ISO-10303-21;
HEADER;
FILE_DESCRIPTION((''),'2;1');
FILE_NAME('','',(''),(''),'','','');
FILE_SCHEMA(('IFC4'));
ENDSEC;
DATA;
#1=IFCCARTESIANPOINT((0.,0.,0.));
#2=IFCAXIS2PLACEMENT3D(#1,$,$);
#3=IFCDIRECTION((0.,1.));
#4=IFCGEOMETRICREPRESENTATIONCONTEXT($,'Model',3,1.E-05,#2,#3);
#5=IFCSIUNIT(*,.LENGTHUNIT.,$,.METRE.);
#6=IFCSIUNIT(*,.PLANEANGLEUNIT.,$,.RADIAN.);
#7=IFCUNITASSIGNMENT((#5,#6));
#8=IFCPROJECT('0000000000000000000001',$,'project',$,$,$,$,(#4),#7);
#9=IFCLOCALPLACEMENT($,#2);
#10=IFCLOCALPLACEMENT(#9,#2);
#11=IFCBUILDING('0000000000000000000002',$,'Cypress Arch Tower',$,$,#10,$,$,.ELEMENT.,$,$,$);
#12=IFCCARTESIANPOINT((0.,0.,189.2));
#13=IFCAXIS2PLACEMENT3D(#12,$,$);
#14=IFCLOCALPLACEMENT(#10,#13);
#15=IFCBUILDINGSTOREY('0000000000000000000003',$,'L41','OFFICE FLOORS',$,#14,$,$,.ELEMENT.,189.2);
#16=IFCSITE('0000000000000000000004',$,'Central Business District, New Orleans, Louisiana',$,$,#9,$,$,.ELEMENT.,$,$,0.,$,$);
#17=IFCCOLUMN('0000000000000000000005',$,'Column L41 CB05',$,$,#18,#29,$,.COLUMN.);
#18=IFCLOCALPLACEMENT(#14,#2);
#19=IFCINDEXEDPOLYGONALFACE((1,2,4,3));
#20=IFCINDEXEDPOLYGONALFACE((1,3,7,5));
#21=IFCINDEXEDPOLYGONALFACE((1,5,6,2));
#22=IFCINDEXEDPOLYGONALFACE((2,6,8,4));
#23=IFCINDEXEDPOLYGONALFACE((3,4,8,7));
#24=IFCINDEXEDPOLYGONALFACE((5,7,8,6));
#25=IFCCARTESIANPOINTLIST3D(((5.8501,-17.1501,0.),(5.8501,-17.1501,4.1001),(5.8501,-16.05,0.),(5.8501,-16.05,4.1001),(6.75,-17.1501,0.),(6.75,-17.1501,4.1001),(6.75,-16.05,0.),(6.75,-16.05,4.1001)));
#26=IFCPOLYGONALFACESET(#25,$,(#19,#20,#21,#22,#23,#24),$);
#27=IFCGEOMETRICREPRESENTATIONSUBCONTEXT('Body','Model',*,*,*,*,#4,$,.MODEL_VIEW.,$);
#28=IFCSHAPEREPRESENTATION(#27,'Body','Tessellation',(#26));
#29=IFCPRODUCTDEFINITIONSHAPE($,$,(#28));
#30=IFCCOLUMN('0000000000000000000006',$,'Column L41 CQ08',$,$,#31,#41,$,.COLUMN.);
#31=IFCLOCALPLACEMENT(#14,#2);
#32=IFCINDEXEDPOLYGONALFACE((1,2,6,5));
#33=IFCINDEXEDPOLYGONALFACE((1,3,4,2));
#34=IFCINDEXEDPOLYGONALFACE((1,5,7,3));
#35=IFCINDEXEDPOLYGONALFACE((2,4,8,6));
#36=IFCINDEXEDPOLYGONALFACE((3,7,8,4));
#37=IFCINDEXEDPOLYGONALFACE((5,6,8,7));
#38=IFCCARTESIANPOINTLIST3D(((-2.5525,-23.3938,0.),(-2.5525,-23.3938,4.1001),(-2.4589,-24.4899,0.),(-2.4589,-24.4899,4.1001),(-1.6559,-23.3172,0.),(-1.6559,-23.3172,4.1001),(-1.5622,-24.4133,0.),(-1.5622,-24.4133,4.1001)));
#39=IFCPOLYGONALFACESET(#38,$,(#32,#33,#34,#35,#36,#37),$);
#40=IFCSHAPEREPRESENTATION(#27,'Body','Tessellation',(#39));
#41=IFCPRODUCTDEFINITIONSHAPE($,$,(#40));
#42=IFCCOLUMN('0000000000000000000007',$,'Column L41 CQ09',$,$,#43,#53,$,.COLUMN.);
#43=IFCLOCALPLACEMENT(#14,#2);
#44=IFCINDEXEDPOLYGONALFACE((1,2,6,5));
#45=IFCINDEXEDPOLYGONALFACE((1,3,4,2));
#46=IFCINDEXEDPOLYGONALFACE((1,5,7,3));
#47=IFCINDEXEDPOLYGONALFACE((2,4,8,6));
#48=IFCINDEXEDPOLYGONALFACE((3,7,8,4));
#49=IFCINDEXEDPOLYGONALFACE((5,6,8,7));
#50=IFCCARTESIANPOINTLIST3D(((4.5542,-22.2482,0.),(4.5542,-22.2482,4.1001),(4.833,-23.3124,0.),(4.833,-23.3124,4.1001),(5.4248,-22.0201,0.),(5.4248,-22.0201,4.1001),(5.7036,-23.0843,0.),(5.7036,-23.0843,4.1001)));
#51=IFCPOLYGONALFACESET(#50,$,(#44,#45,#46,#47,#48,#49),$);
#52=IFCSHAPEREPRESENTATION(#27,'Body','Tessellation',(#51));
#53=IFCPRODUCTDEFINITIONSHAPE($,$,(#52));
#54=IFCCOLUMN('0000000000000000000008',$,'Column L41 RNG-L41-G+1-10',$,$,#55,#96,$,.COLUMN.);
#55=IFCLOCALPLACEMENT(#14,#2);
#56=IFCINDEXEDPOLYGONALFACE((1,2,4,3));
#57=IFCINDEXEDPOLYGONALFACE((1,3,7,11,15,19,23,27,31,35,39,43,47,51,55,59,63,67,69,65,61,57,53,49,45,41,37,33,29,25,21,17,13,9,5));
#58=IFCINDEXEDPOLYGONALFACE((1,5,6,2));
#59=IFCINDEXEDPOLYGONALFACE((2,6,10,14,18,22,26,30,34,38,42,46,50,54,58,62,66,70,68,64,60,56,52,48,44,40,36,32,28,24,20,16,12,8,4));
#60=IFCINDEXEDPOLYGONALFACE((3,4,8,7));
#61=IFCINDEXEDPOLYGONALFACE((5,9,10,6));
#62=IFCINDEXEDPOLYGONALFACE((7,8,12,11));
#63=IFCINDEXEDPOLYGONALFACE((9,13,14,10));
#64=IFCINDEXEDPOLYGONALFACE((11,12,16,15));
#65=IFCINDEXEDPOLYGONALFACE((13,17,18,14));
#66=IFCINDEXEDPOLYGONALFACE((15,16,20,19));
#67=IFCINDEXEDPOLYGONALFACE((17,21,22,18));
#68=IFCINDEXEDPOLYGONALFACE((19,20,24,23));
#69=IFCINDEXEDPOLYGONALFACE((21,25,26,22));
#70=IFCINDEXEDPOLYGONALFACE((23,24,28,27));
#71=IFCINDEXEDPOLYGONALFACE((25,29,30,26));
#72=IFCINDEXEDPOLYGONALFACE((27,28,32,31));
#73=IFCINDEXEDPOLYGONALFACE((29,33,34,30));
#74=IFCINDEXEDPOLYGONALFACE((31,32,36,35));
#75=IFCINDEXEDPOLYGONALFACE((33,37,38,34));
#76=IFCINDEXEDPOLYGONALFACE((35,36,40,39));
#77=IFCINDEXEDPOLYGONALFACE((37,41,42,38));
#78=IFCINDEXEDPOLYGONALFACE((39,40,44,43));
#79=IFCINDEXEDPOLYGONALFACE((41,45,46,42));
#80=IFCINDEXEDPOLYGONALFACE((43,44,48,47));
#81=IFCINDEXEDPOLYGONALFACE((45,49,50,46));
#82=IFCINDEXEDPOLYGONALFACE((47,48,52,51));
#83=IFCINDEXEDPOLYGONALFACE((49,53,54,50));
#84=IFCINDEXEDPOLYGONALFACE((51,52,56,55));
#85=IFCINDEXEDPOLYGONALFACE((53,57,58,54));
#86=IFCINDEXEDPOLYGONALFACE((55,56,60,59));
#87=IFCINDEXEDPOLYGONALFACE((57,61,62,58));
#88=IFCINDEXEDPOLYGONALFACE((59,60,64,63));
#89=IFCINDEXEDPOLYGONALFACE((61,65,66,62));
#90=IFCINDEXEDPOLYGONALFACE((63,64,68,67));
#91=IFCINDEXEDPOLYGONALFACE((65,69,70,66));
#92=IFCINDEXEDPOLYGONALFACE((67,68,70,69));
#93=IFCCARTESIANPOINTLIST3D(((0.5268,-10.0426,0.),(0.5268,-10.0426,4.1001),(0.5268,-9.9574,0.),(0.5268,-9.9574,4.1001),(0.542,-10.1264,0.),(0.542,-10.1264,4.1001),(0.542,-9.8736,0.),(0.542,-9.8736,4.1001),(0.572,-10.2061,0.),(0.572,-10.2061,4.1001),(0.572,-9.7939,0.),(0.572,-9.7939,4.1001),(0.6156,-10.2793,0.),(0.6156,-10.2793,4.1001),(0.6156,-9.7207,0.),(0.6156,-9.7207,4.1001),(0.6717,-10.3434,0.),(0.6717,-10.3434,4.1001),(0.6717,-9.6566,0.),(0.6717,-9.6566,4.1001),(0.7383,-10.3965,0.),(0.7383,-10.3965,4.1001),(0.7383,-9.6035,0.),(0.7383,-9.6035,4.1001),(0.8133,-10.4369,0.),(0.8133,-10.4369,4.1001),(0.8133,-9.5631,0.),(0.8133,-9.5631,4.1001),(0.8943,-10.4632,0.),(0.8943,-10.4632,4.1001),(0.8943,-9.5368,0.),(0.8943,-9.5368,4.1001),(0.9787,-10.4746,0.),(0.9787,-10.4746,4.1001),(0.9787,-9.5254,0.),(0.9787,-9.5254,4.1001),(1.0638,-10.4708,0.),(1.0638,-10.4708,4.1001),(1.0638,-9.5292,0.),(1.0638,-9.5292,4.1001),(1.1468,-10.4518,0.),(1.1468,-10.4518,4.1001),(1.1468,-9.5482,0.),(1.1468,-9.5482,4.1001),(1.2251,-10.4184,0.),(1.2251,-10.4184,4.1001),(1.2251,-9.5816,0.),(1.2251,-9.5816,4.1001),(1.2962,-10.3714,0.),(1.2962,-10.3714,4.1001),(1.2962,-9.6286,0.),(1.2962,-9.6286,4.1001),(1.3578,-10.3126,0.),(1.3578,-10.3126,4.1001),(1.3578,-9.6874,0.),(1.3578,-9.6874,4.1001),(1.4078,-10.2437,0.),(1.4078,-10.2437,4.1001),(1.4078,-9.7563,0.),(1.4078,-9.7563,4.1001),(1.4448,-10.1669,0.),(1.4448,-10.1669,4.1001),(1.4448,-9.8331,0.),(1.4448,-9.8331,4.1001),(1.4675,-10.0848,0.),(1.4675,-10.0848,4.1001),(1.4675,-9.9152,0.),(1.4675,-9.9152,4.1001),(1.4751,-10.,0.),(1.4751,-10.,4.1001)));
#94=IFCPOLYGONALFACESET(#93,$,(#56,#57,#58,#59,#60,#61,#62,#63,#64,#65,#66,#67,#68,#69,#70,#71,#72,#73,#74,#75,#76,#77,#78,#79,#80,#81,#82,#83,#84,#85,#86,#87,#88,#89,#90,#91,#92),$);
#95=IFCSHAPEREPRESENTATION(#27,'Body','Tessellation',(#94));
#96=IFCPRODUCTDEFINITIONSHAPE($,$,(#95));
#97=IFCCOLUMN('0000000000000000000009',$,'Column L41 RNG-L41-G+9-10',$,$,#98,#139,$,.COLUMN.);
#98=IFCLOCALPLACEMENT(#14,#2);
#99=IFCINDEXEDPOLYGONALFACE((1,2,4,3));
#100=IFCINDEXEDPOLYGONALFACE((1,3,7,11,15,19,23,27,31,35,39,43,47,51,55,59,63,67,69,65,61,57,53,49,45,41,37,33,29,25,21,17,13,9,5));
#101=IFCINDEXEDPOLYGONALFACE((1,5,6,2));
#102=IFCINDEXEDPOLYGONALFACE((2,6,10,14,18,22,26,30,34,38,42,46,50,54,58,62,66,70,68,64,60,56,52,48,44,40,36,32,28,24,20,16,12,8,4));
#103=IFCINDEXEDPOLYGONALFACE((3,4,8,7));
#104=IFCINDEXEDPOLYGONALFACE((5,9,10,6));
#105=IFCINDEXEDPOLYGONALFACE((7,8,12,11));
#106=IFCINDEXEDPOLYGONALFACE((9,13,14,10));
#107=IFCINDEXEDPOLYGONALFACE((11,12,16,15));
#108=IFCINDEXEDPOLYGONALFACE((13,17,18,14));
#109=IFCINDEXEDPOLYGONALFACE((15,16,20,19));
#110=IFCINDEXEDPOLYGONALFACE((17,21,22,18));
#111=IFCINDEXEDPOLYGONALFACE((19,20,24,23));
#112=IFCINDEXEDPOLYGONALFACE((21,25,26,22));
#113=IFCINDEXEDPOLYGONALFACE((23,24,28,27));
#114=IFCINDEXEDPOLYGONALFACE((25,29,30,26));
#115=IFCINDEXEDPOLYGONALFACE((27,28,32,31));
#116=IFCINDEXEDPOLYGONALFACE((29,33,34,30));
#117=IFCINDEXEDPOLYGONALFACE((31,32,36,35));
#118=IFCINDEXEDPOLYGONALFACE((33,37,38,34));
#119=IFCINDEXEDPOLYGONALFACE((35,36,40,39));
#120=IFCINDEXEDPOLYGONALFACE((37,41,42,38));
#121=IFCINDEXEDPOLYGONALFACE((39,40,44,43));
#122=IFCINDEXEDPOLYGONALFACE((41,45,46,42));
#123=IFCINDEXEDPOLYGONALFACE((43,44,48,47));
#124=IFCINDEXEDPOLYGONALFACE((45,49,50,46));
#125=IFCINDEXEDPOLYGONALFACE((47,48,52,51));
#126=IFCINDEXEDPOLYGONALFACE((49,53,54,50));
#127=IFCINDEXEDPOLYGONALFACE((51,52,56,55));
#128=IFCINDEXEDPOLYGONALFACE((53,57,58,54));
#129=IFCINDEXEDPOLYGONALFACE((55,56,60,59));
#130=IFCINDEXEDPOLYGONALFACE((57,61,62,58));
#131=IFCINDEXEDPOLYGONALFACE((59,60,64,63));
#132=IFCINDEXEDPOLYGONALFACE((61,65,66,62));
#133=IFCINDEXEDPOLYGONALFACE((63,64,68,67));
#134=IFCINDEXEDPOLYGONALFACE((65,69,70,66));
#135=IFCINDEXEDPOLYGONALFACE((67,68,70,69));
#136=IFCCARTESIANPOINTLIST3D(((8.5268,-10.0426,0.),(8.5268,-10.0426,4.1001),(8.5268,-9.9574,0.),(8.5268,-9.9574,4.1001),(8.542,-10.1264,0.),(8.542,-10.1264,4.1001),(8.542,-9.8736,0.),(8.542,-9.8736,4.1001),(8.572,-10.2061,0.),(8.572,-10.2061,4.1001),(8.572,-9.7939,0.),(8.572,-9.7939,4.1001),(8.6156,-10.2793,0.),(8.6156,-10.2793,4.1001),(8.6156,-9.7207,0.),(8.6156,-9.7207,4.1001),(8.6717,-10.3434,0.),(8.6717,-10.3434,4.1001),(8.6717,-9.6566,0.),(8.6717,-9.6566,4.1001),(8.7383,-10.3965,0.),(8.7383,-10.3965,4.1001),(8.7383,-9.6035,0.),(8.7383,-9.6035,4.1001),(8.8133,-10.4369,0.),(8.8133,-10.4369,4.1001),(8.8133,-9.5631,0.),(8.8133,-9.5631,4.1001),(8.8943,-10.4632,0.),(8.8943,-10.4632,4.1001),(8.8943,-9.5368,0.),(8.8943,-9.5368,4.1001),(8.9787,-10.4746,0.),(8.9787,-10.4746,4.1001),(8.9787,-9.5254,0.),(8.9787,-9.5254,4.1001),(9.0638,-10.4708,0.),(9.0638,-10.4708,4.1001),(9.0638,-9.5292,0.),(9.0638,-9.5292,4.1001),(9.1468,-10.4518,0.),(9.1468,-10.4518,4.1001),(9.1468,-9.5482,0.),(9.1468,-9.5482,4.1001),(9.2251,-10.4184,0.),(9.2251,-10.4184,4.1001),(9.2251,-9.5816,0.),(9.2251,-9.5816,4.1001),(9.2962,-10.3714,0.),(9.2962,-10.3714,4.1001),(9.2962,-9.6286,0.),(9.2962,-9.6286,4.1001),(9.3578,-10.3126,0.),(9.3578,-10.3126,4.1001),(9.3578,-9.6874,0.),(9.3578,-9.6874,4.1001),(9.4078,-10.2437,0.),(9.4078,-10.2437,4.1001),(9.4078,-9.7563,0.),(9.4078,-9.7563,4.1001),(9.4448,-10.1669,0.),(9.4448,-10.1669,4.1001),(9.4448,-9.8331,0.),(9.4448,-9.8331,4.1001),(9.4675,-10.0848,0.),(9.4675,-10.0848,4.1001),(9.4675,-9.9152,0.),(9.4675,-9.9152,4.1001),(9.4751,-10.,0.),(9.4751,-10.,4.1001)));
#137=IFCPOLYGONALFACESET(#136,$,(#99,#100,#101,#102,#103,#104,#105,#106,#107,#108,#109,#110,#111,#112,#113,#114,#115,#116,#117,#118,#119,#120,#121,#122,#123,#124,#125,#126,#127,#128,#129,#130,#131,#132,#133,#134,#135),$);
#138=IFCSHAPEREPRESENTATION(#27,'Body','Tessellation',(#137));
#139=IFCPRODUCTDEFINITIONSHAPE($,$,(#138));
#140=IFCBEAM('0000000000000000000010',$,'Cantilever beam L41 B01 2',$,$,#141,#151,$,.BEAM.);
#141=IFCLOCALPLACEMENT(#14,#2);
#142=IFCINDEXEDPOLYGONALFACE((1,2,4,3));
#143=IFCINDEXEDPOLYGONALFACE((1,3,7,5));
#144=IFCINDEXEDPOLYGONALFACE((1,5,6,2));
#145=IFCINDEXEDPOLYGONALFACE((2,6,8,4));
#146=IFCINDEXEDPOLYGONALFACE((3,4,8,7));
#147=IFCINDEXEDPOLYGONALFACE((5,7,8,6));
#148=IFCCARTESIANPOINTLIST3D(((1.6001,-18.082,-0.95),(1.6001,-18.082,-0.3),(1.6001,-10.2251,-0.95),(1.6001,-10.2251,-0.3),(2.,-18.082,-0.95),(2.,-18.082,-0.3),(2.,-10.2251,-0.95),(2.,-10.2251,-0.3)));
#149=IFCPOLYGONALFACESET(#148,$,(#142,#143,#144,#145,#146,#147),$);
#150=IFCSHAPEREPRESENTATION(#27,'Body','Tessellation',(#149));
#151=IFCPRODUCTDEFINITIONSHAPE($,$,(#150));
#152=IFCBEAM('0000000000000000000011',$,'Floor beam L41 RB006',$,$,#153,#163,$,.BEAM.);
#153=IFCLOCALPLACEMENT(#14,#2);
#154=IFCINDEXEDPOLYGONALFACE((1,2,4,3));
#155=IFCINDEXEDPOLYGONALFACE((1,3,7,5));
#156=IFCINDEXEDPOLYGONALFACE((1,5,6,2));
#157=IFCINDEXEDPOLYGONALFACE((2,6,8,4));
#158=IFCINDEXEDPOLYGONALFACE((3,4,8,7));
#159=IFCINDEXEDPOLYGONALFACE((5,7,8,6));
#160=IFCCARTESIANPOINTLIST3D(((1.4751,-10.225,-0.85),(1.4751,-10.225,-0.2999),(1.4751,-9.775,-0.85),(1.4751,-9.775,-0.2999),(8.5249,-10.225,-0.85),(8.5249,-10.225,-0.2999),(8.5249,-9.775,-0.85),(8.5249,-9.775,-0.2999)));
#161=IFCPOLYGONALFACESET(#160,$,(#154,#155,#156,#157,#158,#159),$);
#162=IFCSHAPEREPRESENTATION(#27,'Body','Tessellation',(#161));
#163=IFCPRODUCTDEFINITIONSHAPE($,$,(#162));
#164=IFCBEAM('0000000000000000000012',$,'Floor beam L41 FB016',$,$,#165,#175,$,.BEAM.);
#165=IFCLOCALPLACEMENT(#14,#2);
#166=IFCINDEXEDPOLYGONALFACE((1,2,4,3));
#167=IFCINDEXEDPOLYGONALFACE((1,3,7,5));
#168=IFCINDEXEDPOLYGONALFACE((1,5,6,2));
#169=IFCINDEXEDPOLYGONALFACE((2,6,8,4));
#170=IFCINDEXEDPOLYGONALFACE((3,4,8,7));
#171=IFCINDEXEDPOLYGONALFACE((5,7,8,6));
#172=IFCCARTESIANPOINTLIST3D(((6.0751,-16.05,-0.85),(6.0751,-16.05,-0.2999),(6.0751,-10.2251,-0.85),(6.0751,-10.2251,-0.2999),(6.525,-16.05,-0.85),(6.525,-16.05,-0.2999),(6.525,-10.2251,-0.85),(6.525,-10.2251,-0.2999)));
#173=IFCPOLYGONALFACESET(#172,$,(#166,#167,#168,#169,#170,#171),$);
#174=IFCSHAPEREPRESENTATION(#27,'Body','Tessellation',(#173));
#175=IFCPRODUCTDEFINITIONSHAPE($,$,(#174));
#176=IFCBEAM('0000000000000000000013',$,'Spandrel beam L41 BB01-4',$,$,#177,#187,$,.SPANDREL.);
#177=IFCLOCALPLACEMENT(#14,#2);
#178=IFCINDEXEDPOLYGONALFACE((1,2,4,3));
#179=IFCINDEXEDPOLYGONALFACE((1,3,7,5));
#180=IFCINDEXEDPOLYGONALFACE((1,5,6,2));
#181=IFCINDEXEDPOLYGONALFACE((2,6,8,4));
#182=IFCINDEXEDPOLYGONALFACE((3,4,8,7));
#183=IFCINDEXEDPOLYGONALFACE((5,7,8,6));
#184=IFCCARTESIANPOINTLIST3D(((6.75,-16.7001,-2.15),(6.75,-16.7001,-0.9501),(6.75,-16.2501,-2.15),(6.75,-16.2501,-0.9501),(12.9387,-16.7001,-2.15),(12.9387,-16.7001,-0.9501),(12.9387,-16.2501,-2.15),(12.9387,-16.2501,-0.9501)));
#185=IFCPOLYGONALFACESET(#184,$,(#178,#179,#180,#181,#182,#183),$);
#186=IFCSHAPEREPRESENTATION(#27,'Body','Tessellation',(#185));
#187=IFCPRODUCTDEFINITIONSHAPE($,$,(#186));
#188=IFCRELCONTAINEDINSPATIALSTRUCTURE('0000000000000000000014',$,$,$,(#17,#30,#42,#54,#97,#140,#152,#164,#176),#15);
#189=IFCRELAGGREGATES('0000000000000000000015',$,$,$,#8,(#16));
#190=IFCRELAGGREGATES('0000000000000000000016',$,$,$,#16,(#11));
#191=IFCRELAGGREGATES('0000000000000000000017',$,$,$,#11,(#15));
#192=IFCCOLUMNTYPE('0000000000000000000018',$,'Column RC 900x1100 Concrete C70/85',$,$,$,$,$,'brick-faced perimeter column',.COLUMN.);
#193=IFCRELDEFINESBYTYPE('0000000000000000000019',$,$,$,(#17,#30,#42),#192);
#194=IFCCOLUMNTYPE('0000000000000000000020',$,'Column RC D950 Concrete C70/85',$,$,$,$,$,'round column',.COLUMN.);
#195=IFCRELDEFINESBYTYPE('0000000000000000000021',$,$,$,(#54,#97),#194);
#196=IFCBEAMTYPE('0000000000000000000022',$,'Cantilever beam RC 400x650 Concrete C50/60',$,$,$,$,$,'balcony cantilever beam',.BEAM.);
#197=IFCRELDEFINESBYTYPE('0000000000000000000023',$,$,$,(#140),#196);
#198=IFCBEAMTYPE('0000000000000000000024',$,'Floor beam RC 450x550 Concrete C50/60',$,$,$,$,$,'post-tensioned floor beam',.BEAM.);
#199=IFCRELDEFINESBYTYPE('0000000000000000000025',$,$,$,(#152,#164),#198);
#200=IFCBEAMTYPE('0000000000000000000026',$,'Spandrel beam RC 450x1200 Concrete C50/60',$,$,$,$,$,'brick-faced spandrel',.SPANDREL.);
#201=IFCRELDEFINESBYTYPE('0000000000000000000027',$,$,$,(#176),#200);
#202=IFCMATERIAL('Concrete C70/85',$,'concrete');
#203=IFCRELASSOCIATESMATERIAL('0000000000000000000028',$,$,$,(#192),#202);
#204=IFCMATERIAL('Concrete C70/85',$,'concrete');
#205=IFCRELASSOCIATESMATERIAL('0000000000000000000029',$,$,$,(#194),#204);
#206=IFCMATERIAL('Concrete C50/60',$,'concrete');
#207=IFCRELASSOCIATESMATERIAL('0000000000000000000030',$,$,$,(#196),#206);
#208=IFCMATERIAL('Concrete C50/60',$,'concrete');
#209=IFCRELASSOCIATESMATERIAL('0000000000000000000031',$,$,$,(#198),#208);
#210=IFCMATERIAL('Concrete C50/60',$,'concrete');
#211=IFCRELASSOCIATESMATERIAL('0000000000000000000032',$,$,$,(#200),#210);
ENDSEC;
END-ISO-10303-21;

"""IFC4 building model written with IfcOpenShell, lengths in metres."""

from ifc_helpers import new_model, si_unit, direction, frame, origin, origin_2d, place, context, subcontext, project, spatial, rectangle, circle, extrude, material, material_profile, profile_set, type_object, element, save


model = new_model("IFC4")

# Units and contexts
model_context = context("Model", 3, precision=1e-05, world=origin(), true_north=direction((0.0, 1.0)))
body_context = subcontext(model_context, "Body", "Model", "MODEL_VIEW")
ifc_project = project(units=[si_unit("LENGTHUNIT", "METRE"), si_unit("PLANEANGLEUNIT", "RADIAN")], contexts=[model_context])

# Site, building, storey
site_placement = place(None, origin())
site = spatial("IfcSite", under=ifc_project, at=site_placement, Name="Central Business District, New Orleans, Louisiana", CompositionType="ELEMENT", RefElevation=0.0)
building_placement = place(site_placement, origin())
building = spatial("IfcBuilding", under=site, at=building_placement, Name="Cypress Arch Tower", CompositionType="ELEMENT")
storey_placement = place(building_placement, frame((0.0, 0.0, 189.2)))
storey = spatial("IfcBuildingStorey", under=building, at=storey_placement, Name="L41", Description="OFFICE FLOORS", CompositionType="ELEMENT", Elevation=189.2)

# Columns
ifc_material_1 = material(Name="Concrete C70/85", Category="concrete")
ifc_material_profile_1 = material_profile(ifc_material_1, rectangle(XDim=0.8999, YDim=1.1001, at=origin_2d()), Name="RC 900x1100")
ifc_profile_set_1 = profile_set([ifc_material_profile_1], Name="Concrete C70/85")
column_type_1 = type_object("IfcColumnType", Name="Column RC 900x1100 Concrete C70/85", ElementType="brick-faced perimeter column", PredefinedType="COLUMN", material=ifc_profile_set_1)
for number, where, z_axis, x_axis, name in (
    (1, (6.3, -16.6001, 0.0), (0.0, 0.0, 1.0), (1.0, 0.0, 0.0), "Column L41 CB05"),
    (2, (-2.0574, -23.9036, 0.0), (0.0, 0.0, 1.0), (0.996368, 0.085149, 0.0), "Column L41 CQ08"),
    (3, (5.1289, -22.6663, 0.0), (0.0, 0.0, 1.0), (0.967356, 0.253422, 0.0), "Column L41 CQ09"),
):
    element("IfcColumn", number, at=place(storey_placement, frame(where, z_axis=z_axis, x_axis=x_axis)), inside=storey, type_object=column_type_1, Name=name, PredefinedType="COLUMN", context=body_context, shape_type="SweptSolid", body=[
        extrude(rectangle(XDim=0.8999, YDim=1.1001, at=origin_2d()), origin(), (0.0, 0.0, 1.0), 4.1001),
    ])
ifc_material_2 = material(Name="Concrete C70/85", Category="concrete")
ifc_material_profile_2 = material_profile(ifc_material_2, circle(Radius=0.4751, at=origin_2d()), Name="RC D950")
ifc_profile_set_2 = profile_set([ifc_material_profile_2], Name="Concrete C70/85")
column_type_2 = type_object("IfcColumnType", Name="Column RC D950 Concrete C70/85", ElementType="round column", PredefinedType="COLUMN", material=ifc_profile_set_2)
for number, where, z_axis, x_axis, name in (
    (4, (1.0, -10.0, 0.0), (0.0, 0.0, 1.0), (1.0, 0.0, 0.0), "Column L41 RNG-L41-G+1-10"),
    (5, (9.0, -10.0, 0.0), (0.0, 0.0, 1.0), (1.0, 0.0, 0.0), "Column L41 RNG-L41-G+9-10"),
):
    element("IfcColumn", number, at=place(storey_placement, frame(where, z_axis=z_axis, x_axis=x_axis)), inside=storey, type_object=column_type_2, Name=name, PredefinedType="COLUMN", context=body_context, shape_type="SweptSolid", body=[
        extrude(circle(Radius=0.4751, at=origin_2d()), origin(), (0.0, 0.0, 1.0), 4.1001),
    ])

# Beams
ifc_material_3 = material(Name="Concrete C50/60", Category="concrete")
ifc_material_profile_3 = material_profile(ifc_material_3, rectangle(XDim=0.3999, YDim=0.6499, at=origin_2d()), Name="RC 400x650")
ifc_profile_set_3 = profile_set([ifc_material_profile_3], Name="Concrete C50/60")
beam_type_1 = type_object("IfcBeamType", Name="Cantilever beam RC 400x650 Concrete C50/60", ElementType="balcony cantilever beam", PredefinedType="BEAM", material=ifc_profile_set_3)
beam_1_placement = place(storey_placement, frame((1.8, -10.2251, -0.625), z_axis=(0.0, -1.0, 0.0), x_axis=(1.0, 0.0, 0.0)))
element("IfcBeam", 6, at=beam_1_placement, inside=storey, type_object=beam_type_1, Name="Cantilever beam L41 B01 2", PredefinedType="BEAM", context=body_context, shape_type="SweptSolid", body=[
    extrude(rectangle(XDim=0.3999, YDim=0.6499, at=origin_2d()), origin(), (0.0, 0.0, 1.0), 7.8569),
])
ifc_material_4 = material(Name="Concrete C50/60", Category="concrete")
ifc_material_profile_4 = material_profile(ifc_material_4, rectangle(XDim=0.45, YDim=0.55, at=origin_2d()), Name="RC 450x550")
ifc_profile_set_4 = profile_set([ifc_material_profile_4], Name="Concrete C50/60")
beam_type_2 = type_object("IfcBeamType", Name="Floor beam RC 450x550 Concrete C50/60", ElementType="post-tensioned floor beam", PredefinedType="BEAM", material=ifc_profile_set_4)
beam_2_placement = place(storey_placement, frame((1.4751, -10.0, -0.575), z_axis=(1.0, 0.0, 0.0), x_axis=(0.0, 1.0, 0.0)))
element("IfcBeam", 7, at=beam_2_placement, inside=storey, type_object=beam_type_2, Name="Floor beam L41 RB006", PredefinedType="BEAM", context=body_context, shape_type="SweptSolid", body=[
    extrude(rectangle(XDim=0.45, YDim=0.55, at=origin_2d()), origin(), (0.0, 0.0, 1.0), 7.0498),
])
beam_3_placement = place(storey_placement, frame((6.3, -16.05, -0.575), z_axis=(0.0, 1.0, 0.0), x_axis=(-1.0, 0.0, 0.0)))
element("IfcBeam", 8, at=beam_3_placement, inside=storey, type_object=beam_type_2, Name="Floor beam L41 FB016", PredefinedType="BEAM", context=body_context, shape_type="SweptSolid", body=[
    extrude(rectangle(XDim=0.45, YDim=0.55, at=origin_2d()), origin(), (0.0, 0.0, 1.0), 5.825),
])
ifc_material_5 = material(Name="Concrete C50/60", Category="concrete")
ifc_material_profile_5 = material_profile(ifc_material_5, rectangle(XDim=0.45, YDim=1.2, at=origin_2d()), Name="RC 450x1200")
ifc_profile_set_5 = profile_set([ifc_material_profile_5], Name="Concrete C50/60")
beam_type_3 = type_object("IfcBeamType", Name="Spandrel beam RC 450x1200 Concrete C50/60", ElementType="brick-faced spandrel", PredefinedType="SPANDREL", material=ifc_profile_set_5)
beam_4_placement = place(storey_placement, frame((6.75, -16.4751, -1.55), z_axis=(1.0, 0.0, 0.0), x_axis=(0.0, 1.0, 0.0)))
element("IfcBeam", 9, at=beam_4_placement, inside=storey, type_object=beam_type_3, Name="Spandrel beam L41 BB01-4", PredefinedType="SPANDREL", context=body_context, shape_type="SweptSolid", body=[
    extrude(rectangle(XDim=0.45, YDim=1.2, at=origin_2d()), origin(), (0.0, 0.0, 1.0), 6.1887),
])

save(model, "model.ifc")
